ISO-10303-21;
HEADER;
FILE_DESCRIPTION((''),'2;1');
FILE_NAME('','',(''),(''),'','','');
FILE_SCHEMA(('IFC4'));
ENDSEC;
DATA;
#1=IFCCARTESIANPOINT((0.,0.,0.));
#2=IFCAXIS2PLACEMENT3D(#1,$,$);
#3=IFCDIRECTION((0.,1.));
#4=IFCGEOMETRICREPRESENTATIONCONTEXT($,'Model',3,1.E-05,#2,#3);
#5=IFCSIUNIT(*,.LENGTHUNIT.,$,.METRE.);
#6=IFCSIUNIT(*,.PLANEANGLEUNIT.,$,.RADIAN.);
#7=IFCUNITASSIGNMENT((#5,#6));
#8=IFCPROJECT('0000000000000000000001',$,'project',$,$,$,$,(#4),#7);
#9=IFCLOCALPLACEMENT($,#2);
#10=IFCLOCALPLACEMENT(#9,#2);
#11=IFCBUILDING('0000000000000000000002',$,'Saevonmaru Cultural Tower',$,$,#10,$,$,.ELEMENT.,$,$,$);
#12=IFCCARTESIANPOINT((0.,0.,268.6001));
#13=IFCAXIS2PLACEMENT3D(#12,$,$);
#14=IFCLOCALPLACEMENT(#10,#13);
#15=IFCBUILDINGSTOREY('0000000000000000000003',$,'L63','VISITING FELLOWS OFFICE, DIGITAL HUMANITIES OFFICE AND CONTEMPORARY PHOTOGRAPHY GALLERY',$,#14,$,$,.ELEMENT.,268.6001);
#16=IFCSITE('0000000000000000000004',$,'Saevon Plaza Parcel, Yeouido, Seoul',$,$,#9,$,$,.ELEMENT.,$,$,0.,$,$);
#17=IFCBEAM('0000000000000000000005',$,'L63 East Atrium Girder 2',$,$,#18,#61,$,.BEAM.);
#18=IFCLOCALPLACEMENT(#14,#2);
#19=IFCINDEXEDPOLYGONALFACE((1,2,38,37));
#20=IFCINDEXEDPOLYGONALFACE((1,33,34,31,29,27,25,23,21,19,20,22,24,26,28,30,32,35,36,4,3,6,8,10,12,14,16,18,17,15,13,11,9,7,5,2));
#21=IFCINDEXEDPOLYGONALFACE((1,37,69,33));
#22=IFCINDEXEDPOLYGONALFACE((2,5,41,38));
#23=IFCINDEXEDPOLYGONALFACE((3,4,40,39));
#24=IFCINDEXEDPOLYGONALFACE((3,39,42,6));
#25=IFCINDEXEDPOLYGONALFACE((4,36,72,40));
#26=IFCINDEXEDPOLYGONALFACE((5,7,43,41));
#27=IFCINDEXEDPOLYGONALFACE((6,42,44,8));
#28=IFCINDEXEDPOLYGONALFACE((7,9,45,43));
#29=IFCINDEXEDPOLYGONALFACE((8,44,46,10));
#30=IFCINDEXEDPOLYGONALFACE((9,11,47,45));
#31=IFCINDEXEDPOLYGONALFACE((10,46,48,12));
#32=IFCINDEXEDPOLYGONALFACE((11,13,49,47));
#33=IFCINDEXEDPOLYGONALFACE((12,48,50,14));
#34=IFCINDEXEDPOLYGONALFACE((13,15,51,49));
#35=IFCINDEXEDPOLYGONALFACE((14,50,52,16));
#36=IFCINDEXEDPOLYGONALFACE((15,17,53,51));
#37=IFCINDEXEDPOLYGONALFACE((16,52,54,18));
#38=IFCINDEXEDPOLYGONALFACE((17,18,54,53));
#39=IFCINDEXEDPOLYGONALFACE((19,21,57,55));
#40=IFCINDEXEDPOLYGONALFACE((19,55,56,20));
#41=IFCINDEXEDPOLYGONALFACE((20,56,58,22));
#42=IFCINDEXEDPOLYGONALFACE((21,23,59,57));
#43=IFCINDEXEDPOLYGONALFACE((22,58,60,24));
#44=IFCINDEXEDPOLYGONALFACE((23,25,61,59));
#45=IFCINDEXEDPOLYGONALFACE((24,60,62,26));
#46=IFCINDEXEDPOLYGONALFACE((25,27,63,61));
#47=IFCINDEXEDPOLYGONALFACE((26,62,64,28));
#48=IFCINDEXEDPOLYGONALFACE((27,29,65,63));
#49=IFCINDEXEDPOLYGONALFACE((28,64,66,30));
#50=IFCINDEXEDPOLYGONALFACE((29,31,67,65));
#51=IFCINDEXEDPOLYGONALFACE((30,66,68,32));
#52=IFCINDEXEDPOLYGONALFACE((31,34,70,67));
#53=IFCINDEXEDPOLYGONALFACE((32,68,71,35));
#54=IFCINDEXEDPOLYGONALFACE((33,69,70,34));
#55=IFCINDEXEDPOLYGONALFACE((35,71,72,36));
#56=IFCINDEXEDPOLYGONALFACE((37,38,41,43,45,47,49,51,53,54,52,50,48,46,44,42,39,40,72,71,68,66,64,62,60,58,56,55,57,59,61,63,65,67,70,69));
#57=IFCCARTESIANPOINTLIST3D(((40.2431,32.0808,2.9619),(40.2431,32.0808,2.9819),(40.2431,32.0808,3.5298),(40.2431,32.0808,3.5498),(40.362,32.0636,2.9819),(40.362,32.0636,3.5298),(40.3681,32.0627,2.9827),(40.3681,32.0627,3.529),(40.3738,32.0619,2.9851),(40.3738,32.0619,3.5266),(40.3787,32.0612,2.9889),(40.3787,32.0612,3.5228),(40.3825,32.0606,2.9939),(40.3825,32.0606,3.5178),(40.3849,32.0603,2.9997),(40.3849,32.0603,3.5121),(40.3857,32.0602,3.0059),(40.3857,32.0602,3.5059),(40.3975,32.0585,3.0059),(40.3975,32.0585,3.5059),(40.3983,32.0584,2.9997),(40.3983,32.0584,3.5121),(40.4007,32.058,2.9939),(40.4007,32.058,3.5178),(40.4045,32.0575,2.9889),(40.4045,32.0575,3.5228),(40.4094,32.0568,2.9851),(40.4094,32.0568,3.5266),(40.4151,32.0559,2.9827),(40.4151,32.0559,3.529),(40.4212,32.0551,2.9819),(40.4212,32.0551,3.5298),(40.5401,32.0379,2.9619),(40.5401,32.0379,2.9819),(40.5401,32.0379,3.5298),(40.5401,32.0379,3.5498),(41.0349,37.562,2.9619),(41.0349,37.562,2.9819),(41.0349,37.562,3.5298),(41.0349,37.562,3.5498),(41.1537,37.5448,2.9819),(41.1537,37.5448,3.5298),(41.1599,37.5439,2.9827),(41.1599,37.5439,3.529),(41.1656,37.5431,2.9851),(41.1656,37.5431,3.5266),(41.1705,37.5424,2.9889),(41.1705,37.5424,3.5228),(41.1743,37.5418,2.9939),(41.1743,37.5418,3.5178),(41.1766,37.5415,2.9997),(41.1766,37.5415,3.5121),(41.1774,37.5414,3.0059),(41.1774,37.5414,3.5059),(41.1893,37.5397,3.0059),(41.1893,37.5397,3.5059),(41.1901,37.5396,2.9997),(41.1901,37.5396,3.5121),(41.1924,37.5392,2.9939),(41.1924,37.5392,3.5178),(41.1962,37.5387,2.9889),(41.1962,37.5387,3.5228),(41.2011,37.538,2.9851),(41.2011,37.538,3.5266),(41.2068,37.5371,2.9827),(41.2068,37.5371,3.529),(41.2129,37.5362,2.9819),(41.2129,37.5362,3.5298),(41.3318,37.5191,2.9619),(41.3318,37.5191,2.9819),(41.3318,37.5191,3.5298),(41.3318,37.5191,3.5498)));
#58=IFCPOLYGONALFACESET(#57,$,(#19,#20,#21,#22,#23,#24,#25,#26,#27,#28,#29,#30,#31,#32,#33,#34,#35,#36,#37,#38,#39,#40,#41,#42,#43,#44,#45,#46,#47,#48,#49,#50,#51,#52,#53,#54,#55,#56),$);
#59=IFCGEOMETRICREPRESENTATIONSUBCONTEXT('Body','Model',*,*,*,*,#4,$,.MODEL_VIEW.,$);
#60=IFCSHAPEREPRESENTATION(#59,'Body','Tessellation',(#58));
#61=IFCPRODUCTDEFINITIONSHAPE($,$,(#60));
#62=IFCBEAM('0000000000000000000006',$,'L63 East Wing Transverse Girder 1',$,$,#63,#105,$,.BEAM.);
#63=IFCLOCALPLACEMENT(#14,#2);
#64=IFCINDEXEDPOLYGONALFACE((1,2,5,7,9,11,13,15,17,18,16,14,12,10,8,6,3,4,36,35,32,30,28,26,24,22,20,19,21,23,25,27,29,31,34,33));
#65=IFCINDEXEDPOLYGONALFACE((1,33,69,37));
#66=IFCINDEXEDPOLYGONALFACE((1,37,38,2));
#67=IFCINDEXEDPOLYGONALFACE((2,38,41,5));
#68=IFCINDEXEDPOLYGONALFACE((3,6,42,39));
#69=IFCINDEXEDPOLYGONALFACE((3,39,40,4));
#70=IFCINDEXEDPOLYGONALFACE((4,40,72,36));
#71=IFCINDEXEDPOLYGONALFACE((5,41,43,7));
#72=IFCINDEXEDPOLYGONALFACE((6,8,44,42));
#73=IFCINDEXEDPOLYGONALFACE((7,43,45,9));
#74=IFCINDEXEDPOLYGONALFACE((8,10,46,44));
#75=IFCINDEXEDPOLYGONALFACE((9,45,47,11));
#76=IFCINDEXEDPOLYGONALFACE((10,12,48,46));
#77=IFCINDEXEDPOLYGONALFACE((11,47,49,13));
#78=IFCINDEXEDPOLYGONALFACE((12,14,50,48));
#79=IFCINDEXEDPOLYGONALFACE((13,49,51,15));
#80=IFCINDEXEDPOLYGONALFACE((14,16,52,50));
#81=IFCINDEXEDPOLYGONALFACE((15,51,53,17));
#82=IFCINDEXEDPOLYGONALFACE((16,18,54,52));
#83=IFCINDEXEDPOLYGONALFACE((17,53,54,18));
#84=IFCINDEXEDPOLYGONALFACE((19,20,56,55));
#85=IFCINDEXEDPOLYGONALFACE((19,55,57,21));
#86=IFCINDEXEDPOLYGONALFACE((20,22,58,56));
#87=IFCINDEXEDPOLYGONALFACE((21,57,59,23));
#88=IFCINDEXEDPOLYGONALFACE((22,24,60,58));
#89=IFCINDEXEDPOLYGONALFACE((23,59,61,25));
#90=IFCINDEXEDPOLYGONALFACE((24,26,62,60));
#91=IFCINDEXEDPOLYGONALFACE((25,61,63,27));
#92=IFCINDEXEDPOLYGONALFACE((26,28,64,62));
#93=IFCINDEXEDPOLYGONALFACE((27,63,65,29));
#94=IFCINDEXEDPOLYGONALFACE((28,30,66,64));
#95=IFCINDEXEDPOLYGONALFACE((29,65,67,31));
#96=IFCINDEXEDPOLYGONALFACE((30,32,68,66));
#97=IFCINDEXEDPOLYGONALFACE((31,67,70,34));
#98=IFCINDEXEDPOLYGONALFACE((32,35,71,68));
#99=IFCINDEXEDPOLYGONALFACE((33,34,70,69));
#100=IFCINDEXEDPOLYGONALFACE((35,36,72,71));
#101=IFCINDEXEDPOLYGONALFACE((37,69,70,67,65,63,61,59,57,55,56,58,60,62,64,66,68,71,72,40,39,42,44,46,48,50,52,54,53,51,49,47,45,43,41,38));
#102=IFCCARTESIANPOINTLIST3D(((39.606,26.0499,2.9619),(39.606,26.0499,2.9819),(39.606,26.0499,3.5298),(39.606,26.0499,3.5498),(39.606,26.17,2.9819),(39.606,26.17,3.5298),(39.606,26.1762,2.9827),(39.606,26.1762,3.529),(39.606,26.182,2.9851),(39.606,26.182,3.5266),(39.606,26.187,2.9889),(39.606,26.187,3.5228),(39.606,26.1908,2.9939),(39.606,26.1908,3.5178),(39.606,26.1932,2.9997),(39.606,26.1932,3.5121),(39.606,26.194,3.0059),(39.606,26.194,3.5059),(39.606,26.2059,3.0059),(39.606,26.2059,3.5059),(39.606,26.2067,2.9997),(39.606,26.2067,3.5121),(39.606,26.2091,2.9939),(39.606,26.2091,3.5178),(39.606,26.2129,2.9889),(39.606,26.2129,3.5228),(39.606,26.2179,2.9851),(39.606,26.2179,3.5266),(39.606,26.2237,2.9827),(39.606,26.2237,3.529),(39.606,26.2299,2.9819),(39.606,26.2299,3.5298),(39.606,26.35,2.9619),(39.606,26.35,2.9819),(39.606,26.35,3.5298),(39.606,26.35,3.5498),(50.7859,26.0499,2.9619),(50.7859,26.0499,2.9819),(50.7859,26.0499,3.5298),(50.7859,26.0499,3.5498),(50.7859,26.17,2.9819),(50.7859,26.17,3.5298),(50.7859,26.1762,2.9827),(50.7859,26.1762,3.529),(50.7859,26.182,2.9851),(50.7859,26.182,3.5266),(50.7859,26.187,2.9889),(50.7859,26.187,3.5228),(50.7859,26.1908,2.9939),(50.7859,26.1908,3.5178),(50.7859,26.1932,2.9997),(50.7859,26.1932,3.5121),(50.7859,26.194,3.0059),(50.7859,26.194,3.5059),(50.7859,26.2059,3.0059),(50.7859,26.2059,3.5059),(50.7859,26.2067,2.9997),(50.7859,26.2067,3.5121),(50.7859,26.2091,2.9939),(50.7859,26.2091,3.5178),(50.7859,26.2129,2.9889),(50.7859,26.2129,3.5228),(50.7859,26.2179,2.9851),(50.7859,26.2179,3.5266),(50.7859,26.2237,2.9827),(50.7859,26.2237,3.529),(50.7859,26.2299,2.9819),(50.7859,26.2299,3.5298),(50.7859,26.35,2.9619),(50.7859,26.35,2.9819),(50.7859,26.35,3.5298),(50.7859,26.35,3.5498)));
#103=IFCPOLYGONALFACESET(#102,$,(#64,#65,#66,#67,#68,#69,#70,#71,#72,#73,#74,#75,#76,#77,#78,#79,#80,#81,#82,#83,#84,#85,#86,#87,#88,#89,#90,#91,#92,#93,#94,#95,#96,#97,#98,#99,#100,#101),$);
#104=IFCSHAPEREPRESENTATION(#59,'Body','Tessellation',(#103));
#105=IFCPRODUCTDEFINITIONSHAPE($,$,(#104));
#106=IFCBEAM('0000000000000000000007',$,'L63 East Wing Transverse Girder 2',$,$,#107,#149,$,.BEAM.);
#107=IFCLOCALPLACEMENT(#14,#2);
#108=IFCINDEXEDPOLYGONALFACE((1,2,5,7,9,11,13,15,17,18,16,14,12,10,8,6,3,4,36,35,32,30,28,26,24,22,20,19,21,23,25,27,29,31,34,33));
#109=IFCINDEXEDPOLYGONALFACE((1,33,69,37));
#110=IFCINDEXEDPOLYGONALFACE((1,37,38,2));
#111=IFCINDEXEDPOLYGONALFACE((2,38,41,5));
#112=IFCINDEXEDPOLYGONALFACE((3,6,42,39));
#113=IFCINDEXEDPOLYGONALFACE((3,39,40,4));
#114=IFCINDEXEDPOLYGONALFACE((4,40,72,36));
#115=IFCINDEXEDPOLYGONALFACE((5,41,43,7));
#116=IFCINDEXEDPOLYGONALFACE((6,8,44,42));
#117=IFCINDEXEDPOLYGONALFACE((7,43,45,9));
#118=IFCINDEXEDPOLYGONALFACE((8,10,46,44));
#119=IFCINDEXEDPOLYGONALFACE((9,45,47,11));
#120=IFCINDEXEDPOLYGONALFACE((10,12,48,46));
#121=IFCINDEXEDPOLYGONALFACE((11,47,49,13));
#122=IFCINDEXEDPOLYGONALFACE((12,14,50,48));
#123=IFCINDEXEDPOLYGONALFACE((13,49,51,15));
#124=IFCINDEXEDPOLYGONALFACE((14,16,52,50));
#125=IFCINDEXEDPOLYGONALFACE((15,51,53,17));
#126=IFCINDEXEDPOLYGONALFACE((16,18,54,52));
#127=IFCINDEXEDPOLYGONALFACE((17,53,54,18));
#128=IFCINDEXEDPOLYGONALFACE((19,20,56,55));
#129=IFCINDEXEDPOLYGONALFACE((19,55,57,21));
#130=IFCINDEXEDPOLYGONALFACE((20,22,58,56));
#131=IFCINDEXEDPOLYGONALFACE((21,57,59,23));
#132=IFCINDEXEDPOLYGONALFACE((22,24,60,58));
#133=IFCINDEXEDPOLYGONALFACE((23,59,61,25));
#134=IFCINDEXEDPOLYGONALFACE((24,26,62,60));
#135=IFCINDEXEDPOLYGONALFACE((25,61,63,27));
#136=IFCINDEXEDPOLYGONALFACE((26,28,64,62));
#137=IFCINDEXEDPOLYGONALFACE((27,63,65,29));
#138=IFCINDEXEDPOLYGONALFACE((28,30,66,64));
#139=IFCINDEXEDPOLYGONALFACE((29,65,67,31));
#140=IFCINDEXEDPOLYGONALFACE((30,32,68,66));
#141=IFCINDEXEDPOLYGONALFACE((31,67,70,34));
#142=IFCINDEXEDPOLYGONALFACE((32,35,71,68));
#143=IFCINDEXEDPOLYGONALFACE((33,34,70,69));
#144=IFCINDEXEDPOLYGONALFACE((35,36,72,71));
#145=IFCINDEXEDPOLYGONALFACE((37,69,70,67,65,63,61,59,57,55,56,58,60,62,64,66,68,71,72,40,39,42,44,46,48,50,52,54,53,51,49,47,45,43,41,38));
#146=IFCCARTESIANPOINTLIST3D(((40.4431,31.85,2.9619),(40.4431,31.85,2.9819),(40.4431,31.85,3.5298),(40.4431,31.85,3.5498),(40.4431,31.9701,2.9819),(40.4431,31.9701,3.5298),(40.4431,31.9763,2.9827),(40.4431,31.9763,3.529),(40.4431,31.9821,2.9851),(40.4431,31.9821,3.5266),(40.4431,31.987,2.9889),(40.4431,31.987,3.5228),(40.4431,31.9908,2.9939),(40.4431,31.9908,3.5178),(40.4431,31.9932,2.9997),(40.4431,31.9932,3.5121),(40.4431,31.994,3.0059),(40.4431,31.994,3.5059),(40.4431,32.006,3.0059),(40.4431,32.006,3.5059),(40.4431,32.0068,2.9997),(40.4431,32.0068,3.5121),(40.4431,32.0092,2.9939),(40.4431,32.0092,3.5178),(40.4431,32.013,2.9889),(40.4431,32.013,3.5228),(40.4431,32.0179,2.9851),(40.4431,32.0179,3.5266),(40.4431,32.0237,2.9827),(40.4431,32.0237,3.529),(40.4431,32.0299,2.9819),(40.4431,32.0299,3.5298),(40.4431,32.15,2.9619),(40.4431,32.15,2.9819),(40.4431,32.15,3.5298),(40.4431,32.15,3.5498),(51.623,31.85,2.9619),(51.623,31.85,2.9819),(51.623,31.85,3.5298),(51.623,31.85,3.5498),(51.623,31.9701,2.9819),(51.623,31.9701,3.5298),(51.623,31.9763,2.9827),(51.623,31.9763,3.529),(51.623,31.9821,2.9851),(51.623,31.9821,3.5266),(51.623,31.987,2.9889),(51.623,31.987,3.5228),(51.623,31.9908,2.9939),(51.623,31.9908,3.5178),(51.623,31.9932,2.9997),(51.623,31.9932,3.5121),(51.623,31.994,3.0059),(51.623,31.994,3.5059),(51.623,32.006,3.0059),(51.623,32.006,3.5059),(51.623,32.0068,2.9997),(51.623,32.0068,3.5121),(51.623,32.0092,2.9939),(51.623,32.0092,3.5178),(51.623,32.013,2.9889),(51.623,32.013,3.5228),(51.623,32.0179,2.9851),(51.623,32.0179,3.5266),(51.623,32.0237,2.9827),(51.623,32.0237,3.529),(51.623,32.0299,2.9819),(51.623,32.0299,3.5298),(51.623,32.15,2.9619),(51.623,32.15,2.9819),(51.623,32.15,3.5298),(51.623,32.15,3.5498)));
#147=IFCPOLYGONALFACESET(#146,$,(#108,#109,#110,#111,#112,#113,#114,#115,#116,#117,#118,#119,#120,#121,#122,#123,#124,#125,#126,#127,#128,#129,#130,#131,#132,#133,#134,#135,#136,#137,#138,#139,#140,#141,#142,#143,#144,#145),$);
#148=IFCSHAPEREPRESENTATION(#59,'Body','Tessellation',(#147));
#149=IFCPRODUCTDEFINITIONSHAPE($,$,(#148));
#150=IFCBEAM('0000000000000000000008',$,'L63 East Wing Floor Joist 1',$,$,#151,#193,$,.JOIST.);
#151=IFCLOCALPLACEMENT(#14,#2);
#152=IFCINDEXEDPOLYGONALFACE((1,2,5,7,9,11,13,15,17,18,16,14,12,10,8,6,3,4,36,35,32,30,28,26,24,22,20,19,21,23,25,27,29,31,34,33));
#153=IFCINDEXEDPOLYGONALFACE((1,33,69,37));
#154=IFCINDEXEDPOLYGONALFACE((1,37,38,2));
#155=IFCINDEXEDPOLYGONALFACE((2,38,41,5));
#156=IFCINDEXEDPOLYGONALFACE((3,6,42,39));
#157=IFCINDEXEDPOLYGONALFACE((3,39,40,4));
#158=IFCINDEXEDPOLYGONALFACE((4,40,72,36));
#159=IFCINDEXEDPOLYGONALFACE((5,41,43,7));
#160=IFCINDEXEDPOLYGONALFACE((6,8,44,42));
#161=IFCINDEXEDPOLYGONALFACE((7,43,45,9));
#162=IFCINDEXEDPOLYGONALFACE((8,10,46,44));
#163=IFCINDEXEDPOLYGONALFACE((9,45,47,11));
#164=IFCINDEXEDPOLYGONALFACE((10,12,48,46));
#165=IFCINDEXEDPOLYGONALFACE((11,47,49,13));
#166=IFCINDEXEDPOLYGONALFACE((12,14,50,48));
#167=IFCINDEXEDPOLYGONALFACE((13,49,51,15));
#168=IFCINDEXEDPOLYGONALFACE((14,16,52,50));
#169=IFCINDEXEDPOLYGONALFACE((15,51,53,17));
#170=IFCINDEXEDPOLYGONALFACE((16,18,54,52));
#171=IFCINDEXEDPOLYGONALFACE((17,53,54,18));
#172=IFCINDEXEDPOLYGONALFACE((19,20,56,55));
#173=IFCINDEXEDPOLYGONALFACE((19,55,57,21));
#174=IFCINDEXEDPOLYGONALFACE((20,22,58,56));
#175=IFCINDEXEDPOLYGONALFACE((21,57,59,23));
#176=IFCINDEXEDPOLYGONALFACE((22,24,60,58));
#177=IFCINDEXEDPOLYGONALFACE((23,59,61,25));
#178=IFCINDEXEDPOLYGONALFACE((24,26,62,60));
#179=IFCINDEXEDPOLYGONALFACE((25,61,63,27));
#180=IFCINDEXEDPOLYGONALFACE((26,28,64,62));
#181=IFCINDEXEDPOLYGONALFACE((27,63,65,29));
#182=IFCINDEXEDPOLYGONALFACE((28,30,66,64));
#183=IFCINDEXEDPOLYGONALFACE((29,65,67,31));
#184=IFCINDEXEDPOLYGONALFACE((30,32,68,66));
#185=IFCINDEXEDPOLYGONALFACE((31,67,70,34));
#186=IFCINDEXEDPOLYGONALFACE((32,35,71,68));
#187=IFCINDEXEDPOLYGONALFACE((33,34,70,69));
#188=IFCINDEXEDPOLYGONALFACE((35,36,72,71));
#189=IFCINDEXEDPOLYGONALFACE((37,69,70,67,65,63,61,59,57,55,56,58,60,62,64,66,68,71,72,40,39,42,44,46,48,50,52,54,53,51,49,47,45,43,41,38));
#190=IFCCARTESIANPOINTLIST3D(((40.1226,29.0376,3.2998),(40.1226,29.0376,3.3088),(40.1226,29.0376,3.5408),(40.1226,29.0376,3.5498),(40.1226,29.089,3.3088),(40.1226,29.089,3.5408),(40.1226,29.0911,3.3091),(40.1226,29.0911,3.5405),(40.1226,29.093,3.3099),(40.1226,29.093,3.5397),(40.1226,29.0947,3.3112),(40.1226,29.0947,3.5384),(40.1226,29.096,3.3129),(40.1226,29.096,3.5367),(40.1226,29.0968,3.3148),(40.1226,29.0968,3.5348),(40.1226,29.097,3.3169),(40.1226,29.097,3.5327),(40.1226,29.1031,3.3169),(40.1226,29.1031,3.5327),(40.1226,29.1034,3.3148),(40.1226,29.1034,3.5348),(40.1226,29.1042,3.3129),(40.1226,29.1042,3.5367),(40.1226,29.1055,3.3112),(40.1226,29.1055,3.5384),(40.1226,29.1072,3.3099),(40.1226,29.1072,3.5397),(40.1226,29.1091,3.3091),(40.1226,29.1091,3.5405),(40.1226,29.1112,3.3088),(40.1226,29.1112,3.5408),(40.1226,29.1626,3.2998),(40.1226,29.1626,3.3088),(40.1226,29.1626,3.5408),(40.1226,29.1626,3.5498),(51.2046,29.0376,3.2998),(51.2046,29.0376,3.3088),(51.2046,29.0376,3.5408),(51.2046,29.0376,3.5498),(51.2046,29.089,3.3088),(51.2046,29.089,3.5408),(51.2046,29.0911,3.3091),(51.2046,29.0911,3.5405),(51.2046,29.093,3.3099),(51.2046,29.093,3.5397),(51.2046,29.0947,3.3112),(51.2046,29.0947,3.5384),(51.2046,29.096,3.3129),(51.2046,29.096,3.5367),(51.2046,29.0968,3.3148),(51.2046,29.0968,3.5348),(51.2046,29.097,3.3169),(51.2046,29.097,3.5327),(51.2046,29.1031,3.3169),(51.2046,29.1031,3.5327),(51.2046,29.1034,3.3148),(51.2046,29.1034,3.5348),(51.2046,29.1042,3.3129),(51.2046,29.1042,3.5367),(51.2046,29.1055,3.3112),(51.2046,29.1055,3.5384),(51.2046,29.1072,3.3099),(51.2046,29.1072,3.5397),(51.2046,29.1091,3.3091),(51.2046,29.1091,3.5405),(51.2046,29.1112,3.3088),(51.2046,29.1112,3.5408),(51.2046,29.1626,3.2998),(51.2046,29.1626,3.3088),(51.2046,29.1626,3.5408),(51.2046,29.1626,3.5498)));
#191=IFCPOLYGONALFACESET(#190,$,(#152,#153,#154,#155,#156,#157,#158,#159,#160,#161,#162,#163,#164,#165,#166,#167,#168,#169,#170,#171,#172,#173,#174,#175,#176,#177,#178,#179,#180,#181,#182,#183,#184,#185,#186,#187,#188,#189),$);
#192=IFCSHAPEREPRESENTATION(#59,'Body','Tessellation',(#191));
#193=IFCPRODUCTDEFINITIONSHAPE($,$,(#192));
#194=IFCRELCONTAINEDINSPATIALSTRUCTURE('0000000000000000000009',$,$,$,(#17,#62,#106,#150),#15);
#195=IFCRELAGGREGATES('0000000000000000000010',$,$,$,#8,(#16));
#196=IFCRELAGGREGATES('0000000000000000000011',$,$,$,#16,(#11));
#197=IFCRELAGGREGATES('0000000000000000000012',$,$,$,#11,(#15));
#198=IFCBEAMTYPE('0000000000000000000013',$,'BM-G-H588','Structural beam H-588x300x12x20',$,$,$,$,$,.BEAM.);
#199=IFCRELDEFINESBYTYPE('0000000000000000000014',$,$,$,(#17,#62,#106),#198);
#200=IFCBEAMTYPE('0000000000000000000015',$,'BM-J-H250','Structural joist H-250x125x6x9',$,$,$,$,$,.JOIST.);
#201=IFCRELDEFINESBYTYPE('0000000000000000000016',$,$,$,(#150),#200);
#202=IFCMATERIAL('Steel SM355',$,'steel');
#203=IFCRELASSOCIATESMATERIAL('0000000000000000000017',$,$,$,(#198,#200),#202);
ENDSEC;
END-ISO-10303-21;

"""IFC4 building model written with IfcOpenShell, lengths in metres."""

from ifc_helpers import new_model, si_unit, direction, frame, origin, origin_2d, place, context, subcontext, project, spatial, i_section, extrude, material, material_profile, profile_set, type_object, element, save


model = new_model("IFC4")

# Units and contexts
model_context = context("Model", 3, precision=1e-05, world=origin(), true_north=direction((0.0, 1.0)))
body_context = subcontext(model_context, "Body", "Model", "MODEL_VIEW")
ifc_project = project(units=[si_unit("LENGTHUNIT", "METRE"), si_unit("PLANEANGLEUNIT", "RADIAN")], contexts=[model_context])

# Site, building, storey
site_placement = place(None, origin())
site = spatial("IfcSite", under=ifc_project, at=site_placement, Name="Saevon Plaza Parcel, Yeouido, Seoul", CompositionType="ELEMENT", RefElevation=0.0)
building_placement = place(site_placement, origin())
building = spatial("IfcBuilding", under=site, at=building_placement, Name="Saevonmaru Cultural Tower", CompositionType="ELEMENT")
storey_placement = place(building_placement, frame((0.0, 0.0, 268.6001)))
storey = spatial("IfcBuildingStorey", under=building, at=storey_placement, Name="L63", Description="VISITING FELLOWS OFFICE, DIGITAL HUMANITIES OFFICE AND CONTEMPORARY PHOTOGRAPHY GALLERY", CompositionType="ELEMENT", Elevation=268.6001)

# Shared definitions
ifc_material_1 = material(Name="Steel SM355", Category="steel")

# Beams
ifc_material_profile_1 = material_profile(ifc_material_1, i_section(OverallWidth=0.3, OverallDepth=0.5879, WebThickness=0.012, FlangeThickness=0.02, FilletRadius=0.0239, at=origin_2d()), Name="H-588x300x12x20")
ifc_profile_set_1 = profile_set([ifc_material_profile_1], Name="Steel SM355")
beam_type_1 = type_object("IfcBeamType", Name="BM-G-H588", Description="Structural beam H-588x300x12x20", PredefinedType="BEAM", material=ifc_profile_set_1)
beam_1_placement = place(storey_placement, frame((40.3916, 32.0593, 3.2559), z_axis=(0.142964, 0.989728, 0.0), x_axis=(-0.989728, 0.142964, 0.0)))
element("IfcBeam", 1, at=beam_1_placement, inside=storey, type_object=beam_type_1, Name="L63 East Atrium Girder 2", PredefinedType="BEAM", context=body_context, shape_type="SweptSolid", body=[
    extrude(i_section(OverallWidth=0.3, OverallDepth=0.5879, WebThickness=0.012, FlangeThickness=0.02, FilletRadius=0.0239, at=origin_2d()), origin(), (0.0, 0.0, 1.0), 5.5381),
])
for number, where, z_axis, x_axis, name in (
    (2, (39.606, 26.2, 3.2559), (1.0, 0.0, 0.0), (0.0, 1.0, 0.0), "L63 East Wing Transverse Girder 1"),
    (3, (40.4431, 32.0, 3.2559), (1.0, 0.0, 0.0), (0.0, 1.0, 0.0), "L63 East Wing Transverse Girder 2"),
):
    element("IfcBeam", number, at=place(storey_placement, frame(where, z_axis=z_axis, x_axis=x_axis)), inside=storey, type_object=beam_type_1, Name=name, PredefinedType="BEAM", context=body_context, shape_type="SweptSolid", body=[
        extrude(i_section(OverallWidth=0.3, OverallDepth=0.5879, WebThickness=0.012, FlangeThickness=0.02, FilletRadius=0.0239, at=origin_2d()), origin(), (0.0, 0.0, 1.0), 11.1799),
    ])
ifc_material_profile_2 = material_profile(ifc_material_1, i_section(OverallWidth=0.125, OverallDepth=0.25, WebThickness=0.0061, FlangeThickness=0.009, FilletRadius=0.0081, at=origin_2d()), Name="H-250x125x6x9")
ifc_profile_set_2 = profile_set([ifc_material_profile_2], Name="Steel SM355")
beam_type_2 = type_object("IfcBeamType", Name="BM-J-H250", Description="Structural joist H-250x125x6x9", PredefinedType="JOIST", material=ifc_profile_set_2)
beam_2_placement = place(storey_placement, frame((40.1226, 29.1001, 3.4248), z_axis=(1.0, 0.0, 0.0), x_axis=(0.0, 1.0, 0.0)))
element("IfcBeam", 4, at=beam_2_placement, inside=storey, type_object=beam_type_2, Name="L63 East Wing Floor Joist 1", PredefinedType="JOIST", context=body_context, shape_type="SweptSolid", body=[
    extrude(i_section(OverallWidth=0.125, OverallDepth=0.25, WebThickness=0.0061, FlangeThickness=0.009, FilletRadius=0.0081, at=origin_2d()), origin(), (0.0, 0.0, 1.0), 11.082),
])

save(model, "model.ifc")
